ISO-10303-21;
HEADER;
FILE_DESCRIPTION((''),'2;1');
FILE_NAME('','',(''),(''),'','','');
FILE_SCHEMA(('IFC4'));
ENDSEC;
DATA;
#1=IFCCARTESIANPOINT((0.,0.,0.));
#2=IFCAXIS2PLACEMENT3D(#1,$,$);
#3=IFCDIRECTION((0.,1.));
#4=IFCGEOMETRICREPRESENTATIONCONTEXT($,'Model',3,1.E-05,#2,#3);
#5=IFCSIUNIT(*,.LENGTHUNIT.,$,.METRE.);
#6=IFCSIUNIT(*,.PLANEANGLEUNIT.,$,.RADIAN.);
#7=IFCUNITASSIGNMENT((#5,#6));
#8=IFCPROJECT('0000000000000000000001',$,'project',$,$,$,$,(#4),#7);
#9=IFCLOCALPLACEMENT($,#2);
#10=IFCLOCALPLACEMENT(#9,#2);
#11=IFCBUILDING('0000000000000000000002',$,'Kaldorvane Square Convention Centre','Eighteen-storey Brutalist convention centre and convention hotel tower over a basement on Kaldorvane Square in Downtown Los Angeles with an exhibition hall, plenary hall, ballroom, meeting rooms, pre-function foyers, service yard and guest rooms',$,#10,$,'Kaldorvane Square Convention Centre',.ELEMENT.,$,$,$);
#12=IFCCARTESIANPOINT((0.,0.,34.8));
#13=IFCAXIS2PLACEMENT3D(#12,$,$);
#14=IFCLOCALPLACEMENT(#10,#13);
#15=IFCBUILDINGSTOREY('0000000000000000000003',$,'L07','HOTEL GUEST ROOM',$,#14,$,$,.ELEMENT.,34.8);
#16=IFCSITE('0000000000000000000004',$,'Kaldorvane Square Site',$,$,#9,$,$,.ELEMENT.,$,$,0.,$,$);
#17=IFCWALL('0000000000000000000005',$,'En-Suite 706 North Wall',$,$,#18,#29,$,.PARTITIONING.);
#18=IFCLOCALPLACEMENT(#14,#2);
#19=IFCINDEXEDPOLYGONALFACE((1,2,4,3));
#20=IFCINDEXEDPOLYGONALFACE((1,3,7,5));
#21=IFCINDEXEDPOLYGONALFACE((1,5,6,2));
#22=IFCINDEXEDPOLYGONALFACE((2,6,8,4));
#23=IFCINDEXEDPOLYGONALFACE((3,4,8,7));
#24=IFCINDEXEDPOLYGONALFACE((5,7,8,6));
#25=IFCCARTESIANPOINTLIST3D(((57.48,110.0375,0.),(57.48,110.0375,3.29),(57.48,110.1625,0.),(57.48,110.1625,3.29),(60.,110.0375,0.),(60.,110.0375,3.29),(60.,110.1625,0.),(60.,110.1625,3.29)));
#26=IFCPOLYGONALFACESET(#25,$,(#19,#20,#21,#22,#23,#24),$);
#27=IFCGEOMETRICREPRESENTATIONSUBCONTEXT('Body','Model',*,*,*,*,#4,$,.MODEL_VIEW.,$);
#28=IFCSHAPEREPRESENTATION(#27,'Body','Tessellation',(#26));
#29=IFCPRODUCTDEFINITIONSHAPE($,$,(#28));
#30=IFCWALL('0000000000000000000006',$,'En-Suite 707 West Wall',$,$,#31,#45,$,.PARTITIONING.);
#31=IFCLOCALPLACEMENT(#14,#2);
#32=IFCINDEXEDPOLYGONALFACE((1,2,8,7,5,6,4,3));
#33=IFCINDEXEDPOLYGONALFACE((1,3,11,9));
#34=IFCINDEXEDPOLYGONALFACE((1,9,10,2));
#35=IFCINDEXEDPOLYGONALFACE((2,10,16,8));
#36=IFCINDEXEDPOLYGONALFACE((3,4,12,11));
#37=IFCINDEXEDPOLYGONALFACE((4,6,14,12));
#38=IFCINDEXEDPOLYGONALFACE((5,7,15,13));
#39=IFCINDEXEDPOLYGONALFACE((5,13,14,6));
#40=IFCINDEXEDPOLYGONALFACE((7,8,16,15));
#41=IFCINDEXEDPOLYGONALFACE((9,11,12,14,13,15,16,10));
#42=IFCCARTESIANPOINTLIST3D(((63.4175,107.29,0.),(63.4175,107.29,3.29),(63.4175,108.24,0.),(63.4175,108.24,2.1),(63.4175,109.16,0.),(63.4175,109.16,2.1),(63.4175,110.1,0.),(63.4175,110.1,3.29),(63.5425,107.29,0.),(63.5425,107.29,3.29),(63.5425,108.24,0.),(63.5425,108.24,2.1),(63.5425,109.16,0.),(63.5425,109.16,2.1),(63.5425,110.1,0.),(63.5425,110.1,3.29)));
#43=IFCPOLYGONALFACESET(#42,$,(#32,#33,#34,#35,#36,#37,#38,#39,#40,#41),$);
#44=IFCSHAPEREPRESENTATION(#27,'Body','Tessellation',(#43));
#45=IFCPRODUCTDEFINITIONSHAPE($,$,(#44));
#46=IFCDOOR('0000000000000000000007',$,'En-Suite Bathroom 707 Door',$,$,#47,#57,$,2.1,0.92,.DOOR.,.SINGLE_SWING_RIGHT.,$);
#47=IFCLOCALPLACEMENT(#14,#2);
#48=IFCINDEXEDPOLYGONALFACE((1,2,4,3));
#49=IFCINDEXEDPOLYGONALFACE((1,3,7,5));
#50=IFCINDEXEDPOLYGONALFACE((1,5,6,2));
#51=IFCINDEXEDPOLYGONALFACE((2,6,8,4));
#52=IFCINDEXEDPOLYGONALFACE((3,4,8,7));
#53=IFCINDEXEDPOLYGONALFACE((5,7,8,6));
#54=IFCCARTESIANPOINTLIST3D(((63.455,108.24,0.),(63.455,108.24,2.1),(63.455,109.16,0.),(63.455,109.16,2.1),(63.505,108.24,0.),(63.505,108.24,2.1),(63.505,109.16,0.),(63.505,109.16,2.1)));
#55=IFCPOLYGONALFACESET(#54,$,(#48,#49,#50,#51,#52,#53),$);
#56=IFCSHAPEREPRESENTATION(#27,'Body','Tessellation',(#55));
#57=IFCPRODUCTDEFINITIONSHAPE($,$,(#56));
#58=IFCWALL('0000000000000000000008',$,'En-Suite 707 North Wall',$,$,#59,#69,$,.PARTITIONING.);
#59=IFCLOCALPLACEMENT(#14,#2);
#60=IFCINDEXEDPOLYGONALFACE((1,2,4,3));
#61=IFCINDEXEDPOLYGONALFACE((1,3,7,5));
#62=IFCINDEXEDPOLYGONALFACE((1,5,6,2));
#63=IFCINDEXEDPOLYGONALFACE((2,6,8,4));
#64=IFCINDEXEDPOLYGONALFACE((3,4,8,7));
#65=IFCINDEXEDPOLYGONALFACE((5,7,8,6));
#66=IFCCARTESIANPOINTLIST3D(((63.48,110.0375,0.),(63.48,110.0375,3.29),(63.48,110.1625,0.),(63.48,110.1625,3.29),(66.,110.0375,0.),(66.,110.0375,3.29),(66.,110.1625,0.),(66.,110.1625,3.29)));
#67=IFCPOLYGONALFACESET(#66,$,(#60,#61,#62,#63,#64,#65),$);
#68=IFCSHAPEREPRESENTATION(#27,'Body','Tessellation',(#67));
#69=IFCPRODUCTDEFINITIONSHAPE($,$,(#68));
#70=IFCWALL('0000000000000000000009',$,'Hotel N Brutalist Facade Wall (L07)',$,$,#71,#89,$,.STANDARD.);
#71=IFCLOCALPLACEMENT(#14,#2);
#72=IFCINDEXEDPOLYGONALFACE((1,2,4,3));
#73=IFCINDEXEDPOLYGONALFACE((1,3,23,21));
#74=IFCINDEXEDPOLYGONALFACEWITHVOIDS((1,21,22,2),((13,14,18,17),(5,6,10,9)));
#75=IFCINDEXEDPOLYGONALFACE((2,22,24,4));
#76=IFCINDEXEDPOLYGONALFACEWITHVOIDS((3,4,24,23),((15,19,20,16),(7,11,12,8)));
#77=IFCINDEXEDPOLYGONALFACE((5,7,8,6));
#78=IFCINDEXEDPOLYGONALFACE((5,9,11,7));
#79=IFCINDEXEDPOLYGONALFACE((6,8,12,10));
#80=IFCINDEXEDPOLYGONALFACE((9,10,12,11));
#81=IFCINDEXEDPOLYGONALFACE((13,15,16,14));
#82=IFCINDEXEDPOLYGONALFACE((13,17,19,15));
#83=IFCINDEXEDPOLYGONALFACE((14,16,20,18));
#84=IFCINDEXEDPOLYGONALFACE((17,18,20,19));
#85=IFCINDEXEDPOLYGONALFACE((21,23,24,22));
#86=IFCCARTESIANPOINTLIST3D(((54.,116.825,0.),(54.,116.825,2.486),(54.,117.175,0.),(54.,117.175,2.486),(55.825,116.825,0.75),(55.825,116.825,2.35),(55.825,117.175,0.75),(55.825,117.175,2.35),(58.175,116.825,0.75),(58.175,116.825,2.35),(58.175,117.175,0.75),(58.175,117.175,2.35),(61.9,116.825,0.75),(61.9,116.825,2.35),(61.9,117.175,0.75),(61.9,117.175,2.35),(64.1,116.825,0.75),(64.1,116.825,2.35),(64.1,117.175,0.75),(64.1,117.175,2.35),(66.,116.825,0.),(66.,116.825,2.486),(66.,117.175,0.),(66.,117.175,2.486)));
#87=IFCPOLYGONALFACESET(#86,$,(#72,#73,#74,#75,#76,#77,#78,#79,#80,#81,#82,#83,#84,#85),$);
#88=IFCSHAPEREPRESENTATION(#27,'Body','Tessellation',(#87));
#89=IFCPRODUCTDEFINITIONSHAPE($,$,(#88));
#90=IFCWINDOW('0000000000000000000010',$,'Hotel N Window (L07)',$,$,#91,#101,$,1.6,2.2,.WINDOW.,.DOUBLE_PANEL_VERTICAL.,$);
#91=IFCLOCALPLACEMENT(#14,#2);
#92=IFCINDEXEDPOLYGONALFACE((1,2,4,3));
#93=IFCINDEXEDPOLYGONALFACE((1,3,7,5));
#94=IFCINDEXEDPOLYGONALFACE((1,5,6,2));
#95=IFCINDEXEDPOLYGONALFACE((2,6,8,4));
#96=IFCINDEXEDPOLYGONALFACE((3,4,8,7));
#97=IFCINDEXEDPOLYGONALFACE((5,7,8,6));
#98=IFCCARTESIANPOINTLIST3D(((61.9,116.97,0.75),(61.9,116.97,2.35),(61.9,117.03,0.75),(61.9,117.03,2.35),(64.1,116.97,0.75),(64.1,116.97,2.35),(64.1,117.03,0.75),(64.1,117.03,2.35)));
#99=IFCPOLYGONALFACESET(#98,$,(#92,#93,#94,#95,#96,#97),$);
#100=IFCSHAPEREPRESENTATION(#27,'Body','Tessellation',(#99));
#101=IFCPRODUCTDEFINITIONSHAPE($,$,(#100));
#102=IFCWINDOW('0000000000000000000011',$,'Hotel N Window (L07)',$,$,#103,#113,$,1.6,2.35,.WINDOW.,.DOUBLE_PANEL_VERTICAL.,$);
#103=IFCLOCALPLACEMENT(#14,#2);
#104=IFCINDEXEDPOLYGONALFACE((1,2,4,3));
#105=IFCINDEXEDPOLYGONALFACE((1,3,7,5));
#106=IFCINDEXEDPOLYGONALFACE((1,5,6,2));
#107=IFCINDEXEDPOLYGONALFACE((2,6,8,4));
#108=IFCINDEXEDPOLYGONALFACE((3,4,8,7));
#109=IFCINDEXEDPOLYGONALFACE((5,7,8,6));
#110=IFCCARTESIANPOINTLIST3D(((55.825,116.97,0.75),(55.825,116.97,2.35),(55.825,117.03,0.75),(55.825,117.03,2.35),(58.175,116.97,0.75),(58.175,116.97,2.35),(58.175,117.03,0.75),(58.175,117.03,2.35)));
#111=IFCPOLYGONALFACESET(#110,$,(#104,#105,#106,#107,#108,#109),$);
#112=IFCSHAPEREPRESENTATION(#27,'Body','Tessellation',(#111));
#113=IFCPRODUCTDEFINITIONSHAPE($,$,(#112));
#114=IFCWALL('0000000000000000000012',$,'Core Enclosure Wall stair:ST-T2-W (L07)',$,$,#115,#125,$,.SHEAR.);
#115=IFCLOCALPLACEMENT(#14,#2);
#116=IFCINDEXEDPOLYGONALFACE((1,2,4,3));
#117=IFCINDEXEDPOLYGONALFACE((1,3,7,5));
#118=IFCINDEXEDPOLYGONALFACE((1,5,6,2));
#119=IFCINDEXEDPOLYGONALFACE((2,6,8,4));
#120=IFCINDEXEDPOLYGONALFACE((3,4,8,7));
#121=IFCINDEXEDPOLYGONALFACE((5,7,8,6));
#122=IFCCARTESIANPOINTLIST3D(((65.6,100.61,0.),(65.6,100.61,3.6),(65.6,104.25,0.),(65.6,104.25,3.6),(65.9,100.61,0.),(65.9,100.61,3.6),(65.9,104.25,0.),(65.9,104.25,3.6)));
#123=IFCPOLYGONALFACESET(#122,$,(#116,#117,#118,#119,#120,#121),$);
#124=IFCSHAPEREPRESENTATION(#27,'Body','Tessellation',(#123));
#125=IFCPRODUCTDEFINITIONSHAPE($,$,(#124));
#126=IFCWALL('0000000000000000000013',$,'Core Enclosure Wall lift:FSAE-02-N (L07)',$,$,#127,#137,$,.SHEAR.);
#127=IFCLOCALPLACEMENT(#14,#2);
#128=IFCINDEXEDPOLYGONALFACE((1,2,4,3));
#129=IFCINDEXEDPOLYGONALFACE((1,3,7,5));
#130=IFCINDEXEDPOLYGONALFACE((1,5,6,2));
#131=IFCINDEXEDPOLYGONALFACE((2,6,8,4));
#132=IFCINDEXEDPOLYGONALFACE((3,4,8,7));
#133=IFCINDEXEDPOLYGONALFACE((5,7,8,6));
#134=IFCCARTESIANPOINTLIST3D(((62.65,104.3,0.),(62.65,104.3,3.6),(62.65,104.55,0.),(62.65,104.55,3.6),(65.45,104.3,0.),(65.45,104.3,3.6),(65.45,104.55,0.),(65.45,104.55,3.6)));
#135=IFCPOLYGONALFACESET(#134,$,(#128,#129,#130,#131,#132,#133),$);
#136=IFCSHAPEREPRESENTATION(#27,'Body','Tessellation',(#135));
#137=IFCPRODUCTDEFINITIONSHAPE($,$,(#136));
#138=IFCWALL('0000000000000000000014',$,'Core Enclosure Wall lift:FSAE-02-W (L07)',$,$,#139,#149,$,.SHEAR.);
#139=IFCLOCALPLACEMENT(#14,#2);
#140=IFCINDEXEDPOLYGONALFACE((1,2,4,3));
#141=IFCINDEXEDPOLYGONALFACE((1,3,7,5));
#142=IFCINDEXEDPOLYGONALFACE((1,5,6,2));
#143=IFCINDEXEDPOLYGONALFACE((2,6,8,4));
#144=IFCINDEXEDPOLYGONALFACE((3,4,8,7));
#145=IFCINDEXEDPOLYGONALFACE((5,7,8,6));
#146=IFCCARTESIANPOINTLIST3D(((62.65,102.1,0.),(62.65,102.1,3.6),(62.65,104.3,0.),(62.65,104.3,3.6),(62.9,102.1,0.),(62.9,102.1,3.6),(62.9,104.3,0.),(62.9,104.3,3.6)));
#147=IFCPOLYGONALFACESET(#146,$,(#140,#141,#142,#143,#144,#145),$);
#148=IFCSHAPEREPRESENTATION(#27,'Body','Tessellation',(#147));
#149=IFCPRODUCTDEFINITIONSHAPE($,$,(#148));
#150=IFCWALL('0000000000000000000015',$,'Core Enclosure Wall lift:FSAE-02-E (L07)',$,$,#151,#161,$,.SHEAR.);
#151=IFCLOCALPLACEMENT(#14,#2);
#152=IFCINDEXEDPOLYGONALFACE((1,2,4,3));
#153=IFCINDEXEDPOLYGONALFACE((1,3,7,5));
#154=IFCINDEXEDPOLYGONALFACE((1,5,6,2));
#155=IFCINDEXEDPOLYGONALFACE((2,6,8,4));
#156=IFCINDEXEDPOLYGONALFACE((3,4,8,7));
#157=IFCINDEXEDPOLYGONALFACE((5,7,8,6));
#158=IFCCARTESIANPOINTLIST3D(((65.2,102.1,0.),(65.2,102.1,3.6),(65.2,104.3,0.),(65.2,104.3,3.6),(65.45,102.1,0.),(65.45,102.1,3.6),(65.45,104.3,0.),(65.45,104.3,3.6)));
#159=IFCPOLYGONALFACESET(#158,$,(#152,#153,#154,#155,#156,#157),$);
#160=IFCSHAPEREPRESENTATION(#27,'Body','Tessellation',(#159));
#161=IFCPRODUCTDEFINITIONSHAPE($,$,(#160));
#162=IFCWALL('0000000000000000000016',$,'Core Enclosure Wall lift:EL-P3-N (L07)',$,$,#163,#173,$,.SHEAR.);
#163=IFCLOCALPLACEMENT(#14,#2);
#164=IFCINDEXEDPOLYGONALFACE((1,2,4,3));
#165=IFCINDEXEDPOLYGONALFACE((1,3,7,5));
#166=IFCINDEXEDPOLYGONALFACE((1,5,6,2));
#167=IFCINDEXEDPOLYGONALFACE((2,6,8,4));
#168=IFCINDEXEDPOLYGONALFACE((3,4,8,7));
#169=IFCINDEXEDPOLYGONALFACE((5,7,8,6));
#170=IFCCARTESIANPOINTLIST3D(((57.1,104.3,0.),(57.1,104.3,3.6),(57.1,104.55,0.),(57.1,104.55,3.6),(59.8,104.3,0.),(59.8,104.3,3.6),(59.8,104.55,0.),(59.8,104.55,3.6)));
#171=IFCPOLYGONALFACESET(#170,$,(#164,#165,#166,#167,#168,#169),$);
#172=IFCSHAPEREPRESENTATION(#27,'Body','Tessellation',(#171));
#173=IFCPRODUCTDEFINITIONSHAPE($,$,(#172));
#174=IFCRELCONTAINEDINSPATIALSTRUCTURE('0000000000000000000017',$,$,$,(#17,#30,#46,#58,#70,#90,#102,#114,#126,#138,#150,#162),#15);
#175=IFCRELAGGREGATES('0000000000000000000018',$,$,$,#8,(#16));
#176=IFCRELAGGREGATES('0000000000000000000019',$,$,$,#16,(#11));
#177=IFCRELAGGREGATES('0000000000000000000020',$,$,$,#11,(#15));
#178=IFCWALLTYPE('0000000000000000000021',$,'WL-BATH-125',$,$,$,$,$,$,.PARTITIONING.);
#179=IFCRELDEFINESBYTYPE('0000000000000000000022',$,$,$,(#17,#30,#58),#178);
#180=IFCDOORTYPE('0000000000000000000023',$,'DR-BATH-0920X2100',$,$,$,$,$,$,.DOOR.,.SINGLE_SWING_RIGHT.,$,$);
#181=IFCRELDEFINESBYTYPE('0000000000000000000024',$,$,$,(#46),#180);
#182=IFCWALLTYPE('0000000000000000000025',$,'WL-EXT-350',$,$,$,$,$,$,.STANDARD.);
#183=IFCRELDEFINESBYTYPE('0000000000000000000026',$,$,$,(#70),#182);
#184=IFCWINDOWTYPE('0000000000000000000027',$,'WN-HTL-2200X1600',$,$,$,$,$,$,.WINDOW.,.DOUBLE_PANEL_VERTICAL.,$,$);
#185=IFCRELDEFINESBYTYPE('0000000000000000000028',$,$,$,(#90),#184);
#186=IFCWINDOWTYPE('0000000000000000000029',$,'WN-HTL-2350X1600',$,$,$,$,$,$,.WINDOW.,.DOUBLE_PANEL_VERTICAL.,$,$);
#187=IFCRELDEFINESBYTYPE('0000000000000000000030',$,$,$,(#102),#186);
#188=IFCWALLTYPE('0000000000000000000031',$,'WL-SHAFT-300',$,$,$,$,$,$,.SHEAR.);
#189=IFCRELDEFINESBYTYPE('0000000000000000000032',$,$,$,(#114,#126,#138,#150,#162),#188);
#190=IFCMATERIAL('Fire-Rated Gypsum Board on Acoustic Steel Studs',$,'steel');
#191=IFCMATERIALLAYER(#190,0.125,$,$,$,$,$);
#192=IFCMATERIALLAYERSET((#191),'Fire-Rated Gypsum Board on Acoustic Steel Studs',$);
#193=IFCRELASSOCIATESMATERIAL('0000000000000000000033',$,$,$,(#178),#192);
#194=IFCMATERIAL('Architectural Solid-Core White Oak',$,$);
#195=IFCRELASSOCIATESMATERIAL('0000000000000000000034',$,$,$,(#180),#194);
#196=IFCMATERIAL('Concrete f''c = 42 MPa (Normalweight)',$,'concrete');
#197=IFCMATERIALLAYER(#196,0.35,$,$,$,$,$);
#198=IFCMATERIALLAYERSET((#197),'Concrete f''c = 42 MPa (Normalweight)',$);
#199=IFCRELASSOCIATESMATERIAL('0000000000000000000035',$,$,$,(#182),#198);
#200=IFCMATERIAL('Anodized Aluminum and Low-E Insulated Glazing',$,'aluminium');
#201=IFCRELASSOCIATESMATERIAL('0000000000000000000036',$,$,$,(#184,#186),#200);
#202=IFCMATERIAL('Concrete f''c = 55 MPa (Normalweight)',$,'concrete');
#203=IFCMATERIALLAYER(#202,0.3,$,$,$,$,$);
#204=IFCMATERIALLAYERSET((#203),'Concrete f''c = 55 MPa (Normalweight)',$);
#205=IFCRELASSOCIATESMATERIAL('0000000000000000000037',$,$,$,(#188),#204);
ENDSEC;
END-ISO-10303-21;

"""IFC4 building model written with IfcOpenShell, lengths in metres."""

from ifc_helpers import new_model, si_unit, direction, frame, frame_2d, origin, place, context, subcontext, project, spatial, rectangle, extrude, material, layer, layer_set, type_object, element, fill, save


model = new_model("IFC4")

# Units and contexts
model_context = context("Model", 3, precision=1e-05, world=origin(), true_north=direction((0.0, 1.0)))
body_context = subcontext(model_context, "Body", "Model", "MODEL_VIEW")
ifc_project = project(units=[si_unit("LENGTHUNIT", "METRE"), si_unit("PLANEANGLEUNIT", "RADIAN")], contexts=[model_context])

# Site, building, storey
site_placement = place(None, origin())
site = spatial("IfcSite", under=ifc_project, at=site_placement, Name="Kaldorvane Square Site", CompositionType="ELEMENT", RefElevation=0.0)
building_placement = place(site_placement, origin())
building = spatial("IfcBuilding", under=site, at=building_placement, Name="Kaldorvane Square Convention Centre", Description="Eighteen-storey Brutalist convention centre and convention hotel tower over a basement on Kaldorvane Square in Downtown Los Angeles with an exhibition hall, plenary hall, ballroom, meeting rooms, pre-function foyers, service yard and guest rooms", LongName="Kaldorvane Square Convention Centre", CompositionType="ELEMENT")
storey_placement = place(building_placement, frame((0.0, 0.0, 34.8)))
storey = spatial("IfcBuildingStorey", under=building, at=storey_placement, Name="L07", Description="HOTEL GUEST ROOM", CompositionType="ELEMENT", Elevation=34.8)

# Shared definitions
ifc_material_1 = material(Name="Concrete f'c = 55 MPa (Normalweight)", Category="concrete")

# Shared definitions
ifc_material_2 = material(Name="Concrete f'c = 42 MPa (Normalweight)", Category="concrete")

# Wall
ifc_material_3 = material(Name="Fire-Rated Gypsum Board on Acoustic Steel Studs", Category="steel")
ifc_layer_1 = layer(ifc_material_3, 0.125)
ifc_layer_set_1 = layer_set([ifc_layer_1], Name="Fire-Rated Gypsum Board on Acoustic Steel Studs")
wall_type_1 = type_object("IfcWallType", Name="WL-BATH-125", PredefinedType="PARTITIONING", material=ifc_layer_set_1)
wall_1_placement = place(storey_placement, frame((57.48, 110.1, 0.0), z_axis=(0.0, 0.0, 1.0), x_axis=(1.0, 0.0, 0.0)))
element("IfcWall", 1, at=wall_1_placement, inside=storey, type_object=wall_type_1, Name="En-Suite 706 North Wall", PredefinedType="PARTITIONING", context=body_context, shape_type="SweptSolid", body=[
    extrude(rectangle(XDim=2.52, YDim=0.125, at=frame_2d((1.26, 0.0))), origin(), (0.0, 0.0, 1.0), 3.29),
])

# Wall, opening, door
wall_2_placement = place(storey_placement, frame((63.48, 107.29, 0.0), z_axis=(0.0, 0.0, 1.0), x_axis=(0.0, 1.0, 0.0)))
wall_2 = element("IfcWall", 2, at=wall_2_placement, inside=storey, type_object=wall_type_1, Name="En-Suite 707 West Wall", PredefinedType="PARTITIONING", context=body_context, shape_type="SweptSolid", body=[
    extrude(rectangle(XDim=2.81, YDim=0.125, at=frame_2d((1.405, 0.0))), origin(), (0.0, 0.0, 1.0), 3.29),
])
opening_1_placement = place(wall_2_placement, frame((0.95, 0.0, 0.0)))
opening_1 = element("IfcOpeningElement", 3, at=opening_1_placement, cuts=wall_2, PredefinedType="OPENING", context=body_context, shape_type="SweptSolid", body=[
    extrude(rectangle(XDim=0.92, YDim=2.1, at=frame_2d((0.46, 1.05))), frame((0.0, 0.0775, 0.0), z_axis=(0.0, -1.0, 0.0), x_axis=(1.0, 0.0, 0.0)), (0.0, 0.0, 1.0), 0.155),
])
ifc_material_4 = material(Name="Architectural Solid-Core White Oak")
door_type_1 = type_object("IfcDoorType", Name="DR-BATH-0920X2100", OperationType="SINGLE_SWING_RIGHT", PredefinedType="DOOR", material=ifc_material_4)
door_1_placement = place(opening_1_placement, origin())
door_1 = element("IfcDoor", 4, at=door_1_placement, inside=storey, type_object=door_type_1, Name="En-Suite Bathroom 707 Door", OperationType="SINGLE_SWING_RIGHT", OverallHeight=2.1, OverallWidth=0.92, PredefinedType="DOOR", context=body_context, shape_type="SweptSolid", body=[
    extrude(rectangle(XDim=0.92, YDim=2.1, at=frame_2d((0.46, 1.05))), frame((0.0, 0.025, 0.0), z_axis=(0.0, -1.0, 0.0), x_axis=(1.0, 0.0, 0.0)), (0.0, 0.0, 1.0), 0.05),
])
fill(opening_1, door_1)

# Wall
wall_3_placement = place(storey_placement, frame((63.48, 110.1, 0.0), z_axis=(0.0, 0.0, 1.0), x_axis=(1.0, 0.0, 0.0)))
element("IfcWall", 5, at=wall_3_placement, inside=storey, type_object=wall_type_1, Name="En-Suite 707 North Wall", PredefinedType="PARTITIONING", context=body_context, shape_type="SweptSolid", body=[
    extrude(rectangle(XDim=2.52, YDim=0.125, at=frame_2d((1.26, 0.0))), origin(), (0.0, 0.0, 1.0), 3.29),
])

# Wall, openings, windows
ifc_layer_2 = layer(ifc_material_2, 0.35)
ifc_layer_set_2 = layer_set([ifc_layer_2], Name="Concrete f'c = 42 MPa (Normalweight)")
wall_type_2 = type_object("IfcWallType", Name="WL-EXT-350", PredefinedType="STANDARD", material=ifc_layer_set_2)
wall_4_placement = place(storey_placement, frame((66.0, 117.0, 0.0), z_axis=(0.0, 0.0, 1.0), x_axis=(-1.0, 0.0, 0.0)))
wall_4 = element("IfcWall", 6, at=wall_4_placement, inside=storey, type_object=wall_type_2, Name="Hotel N Brutalist Facade Wall (L07)", PredefinedType="STANDARD", context=body_context, shape_type="SweptSolid", body=[
    extrude(rectangle(XDim=12.0, YDim=0.35, at=frame_2d((6.0, 0.0))), origin(), (0.0, 0.0, 1.0), 2.486),
])
opening_2_placement = place(wall_4_placement, frame((1.9, 0.0, 0.75)))
opening_2 = element("IfcOpeningElement", 7, at=opening_2_placement, cuts=wall_4, PredefinedType="OPENING", context=body_context, shape_type="SweptSolid", body=[
    extrude(rectangle(XDim=2.2, YDim=1.6, at=frame_2d((1.1, 0.8))), frame((0.0, 0.19, 0.0), z_axis=(0.0, -1.0, 0.0), x_axis=(1.0, 0.0, 0.0)), (0.0, 0.0, 1.0), 0.38),
])
opening_3_placement = place(wall_4_placement, frame((7.825, 0.0, 0.75)))
opening_3 = element("IfcOpeningElement", 8, at=opening_3_placement, cuts=wall_4, PredefinedType="OPENING", context=body_context, shape_type="SweptSolid", body=[
    extrude(rectangle(XDim=2.35, YDim=1.6, at=frame_2d((1.175, 0.8))), frame((0.0, 0.19, 0.0), z_axis=(0.0, -1.0, 0.0), x_axis=(1.0, 0.0, 0.0)), (0.0, 0.0, 1.0), 0.38),
])
ifc_material_5 = material(Name="Anodized Aluminum and Low-E Insulated Glazing", Category="aluminium")
window_type_1 = type_object("IfcWindowType", Name="WN-HTL-2200X1600", PartitioningType="DOUBLE_PANEL_VERTICAL", PredefinedType="WINDOW", material=ifc_material_5)
window_1_placement = place(opening_2_placement, origin())
window_1 = element("IfcWindow", 9, at=window_1_placement, inside=storey, type_object=window_type_1, Name="Hotel N Window (L07)", OverallHeight=1.6, OverallWidth=2.2, PartitioningType="DOUBLE_PANEL_VERTICAL", PredefinedType="WINDOW", context=body_context, shape_type="SweptSolid", body=[
    extrude(rectangle(XDim=2.2, YDim=1.6, at=frame_2d((1.1, 0.8))), frame((0.0, 0.03, 0.0), z_axis=(0.0, -1.0, 0.0), x_axis=(1.0, 0.0, 0.0)), (0.0, 0.0, 1.0), 0.06),
])
fill(opening_2, window_1)
window_type_2 = type_object("IfcWindowType", Name="WN-HTL-2350X1600", PartitioningType="DOUBLE_PANEL_VERTICAL", PredefinedType="WINDOW", material=ifc_material_5)
window_2_placement = place(opening_3_placement, origin())
window_2 = element("IfcWindow", 10, at=window_2_placement, inside=storey, type_object=window_type_2, Name="Hotel N Window (L07)", OverallHeight=1.6, OverallWidth=2.35, PartitioningType="DOUBLE_PANEL_VERTICAL", PredefinedType="WINDOW", context=body_context, shape_type="SweptSolid", body=[
    extrude(rectangle(XDim=2.35, YDim=1.6, at=frame_2d((1.175, 0.8))), frame((0.0, 0.03, 0.0), z_axis=(0.0, -1.0, 0.0), x_axis=(1.0, 0.0, 0.0)), (0.0, 0.0, 1.0), 0.06),
])
fill(opening_3, window_2)

# Walls
ifc_layer_3 = layer(ifc_material_1, 0.3)
ifc_layer_set_3 = layer_set([ifc_layer_3], Name="Concrete f'c = 55 MPa (Normalweight)")
wall_type_3 = type_object("IfcWallType", Name="WL-SHAFT-300", PredefinedType="SHEAR", material=ifc_layer_set_3)
wall_5_placement = place(storey_placement, frame((65.75, 104.25, 0.0), z_axis=(0.0, 0.0, 1.0), x_axis=(0.0, -1.0, 0.0)))
element("IfcWall", 11, at=wall_5_placement, inside=storey, type_object=wall_type_3, Name="Core Enclosure Wall stair:ST-T2-W (L07)", PredefinedType="SHEAR", context=body_context, shape_type="SweptSolid", body=[
    extrude(rectangle(XDim=3.64, YDim=0.3, at=frame_2d((1.82, 0.0))), origin(), (0.0, 0.0, 1.0), 3.6),
])
wall_6_placement = place(storey_placement, frame((65.45, 104.425, 0.0), z_axis=(0.0, 0.0, 1.0), x_axis=(-1.0, 0.0, 0.0)))
element("IfcWall", 12, at=wall_6_placement, inside=storey, type_object=wall_type_3, Name="Core Enclosure Wall lift:FSAE-02-N (L07)", PredefinedType="SHEAR", context=body_context, shape_type="SweptSolid", body=[
    extrude(rectangle(XDim=2.8, YDim=0.25, at=frame_2d((1.4, 0.0))), origin(), (0.0, 0.0, 1.0), 3.6),
])
for number, where, z_axis, x_axis, name in (
    (13, (62.775, 104.3, 0.0), (0.0, 0.0, 1.0), (0.0, -1.0, 0.0), "Core Enclosure Wall lift:FSAE-02-W (L07)"),
    (14, (65.325, 102.1, 0.0), (0.0, 0.0, 1.0), (0.0, 1.0, 0.0), "Core Enclosure Wall lift:FSAE-02-E (L07)"),
):
    element("IfcWall", number, at=place(storey_placement, frame(where, z_axis=z_axis, x_axis=x_axis)), inside=storey, type_object=wall_type_3, Name=name, PredefinedType="SHEAR", context=body_context, shape_type="SweptSolid", body=[
        extrude(rectangle(XDim=2.2, YDim=0.25, at=frame_2d((1.1, 0.0))), origin(), (0.0, 0.0, 1.0), 3.6),
    ])
wall_7_placement = place(storey_placement, frame((59.8, 104.425, 0.0), z_axis=(0.0, 0.0, 1.0), x_axis=(-1.0, 0.0, 0.0)))
element("IfcWall", 15, at=wall_7_placement, inside=storey, type_object=wall_type_3, Name="Core Enclosure Wall lift:EL-P3-N (L07)", PredefinedType="SHEAR", context=body_context, shape_type="SweptSolid", body=[
    extrude(rectangle(XDim=2.7, YDim=0.25, at=frame_2d((1.35, 0.0))), origin(), (0.0, 0.0, 1.0), 3.6),
])

save(model, "model.ifc")
